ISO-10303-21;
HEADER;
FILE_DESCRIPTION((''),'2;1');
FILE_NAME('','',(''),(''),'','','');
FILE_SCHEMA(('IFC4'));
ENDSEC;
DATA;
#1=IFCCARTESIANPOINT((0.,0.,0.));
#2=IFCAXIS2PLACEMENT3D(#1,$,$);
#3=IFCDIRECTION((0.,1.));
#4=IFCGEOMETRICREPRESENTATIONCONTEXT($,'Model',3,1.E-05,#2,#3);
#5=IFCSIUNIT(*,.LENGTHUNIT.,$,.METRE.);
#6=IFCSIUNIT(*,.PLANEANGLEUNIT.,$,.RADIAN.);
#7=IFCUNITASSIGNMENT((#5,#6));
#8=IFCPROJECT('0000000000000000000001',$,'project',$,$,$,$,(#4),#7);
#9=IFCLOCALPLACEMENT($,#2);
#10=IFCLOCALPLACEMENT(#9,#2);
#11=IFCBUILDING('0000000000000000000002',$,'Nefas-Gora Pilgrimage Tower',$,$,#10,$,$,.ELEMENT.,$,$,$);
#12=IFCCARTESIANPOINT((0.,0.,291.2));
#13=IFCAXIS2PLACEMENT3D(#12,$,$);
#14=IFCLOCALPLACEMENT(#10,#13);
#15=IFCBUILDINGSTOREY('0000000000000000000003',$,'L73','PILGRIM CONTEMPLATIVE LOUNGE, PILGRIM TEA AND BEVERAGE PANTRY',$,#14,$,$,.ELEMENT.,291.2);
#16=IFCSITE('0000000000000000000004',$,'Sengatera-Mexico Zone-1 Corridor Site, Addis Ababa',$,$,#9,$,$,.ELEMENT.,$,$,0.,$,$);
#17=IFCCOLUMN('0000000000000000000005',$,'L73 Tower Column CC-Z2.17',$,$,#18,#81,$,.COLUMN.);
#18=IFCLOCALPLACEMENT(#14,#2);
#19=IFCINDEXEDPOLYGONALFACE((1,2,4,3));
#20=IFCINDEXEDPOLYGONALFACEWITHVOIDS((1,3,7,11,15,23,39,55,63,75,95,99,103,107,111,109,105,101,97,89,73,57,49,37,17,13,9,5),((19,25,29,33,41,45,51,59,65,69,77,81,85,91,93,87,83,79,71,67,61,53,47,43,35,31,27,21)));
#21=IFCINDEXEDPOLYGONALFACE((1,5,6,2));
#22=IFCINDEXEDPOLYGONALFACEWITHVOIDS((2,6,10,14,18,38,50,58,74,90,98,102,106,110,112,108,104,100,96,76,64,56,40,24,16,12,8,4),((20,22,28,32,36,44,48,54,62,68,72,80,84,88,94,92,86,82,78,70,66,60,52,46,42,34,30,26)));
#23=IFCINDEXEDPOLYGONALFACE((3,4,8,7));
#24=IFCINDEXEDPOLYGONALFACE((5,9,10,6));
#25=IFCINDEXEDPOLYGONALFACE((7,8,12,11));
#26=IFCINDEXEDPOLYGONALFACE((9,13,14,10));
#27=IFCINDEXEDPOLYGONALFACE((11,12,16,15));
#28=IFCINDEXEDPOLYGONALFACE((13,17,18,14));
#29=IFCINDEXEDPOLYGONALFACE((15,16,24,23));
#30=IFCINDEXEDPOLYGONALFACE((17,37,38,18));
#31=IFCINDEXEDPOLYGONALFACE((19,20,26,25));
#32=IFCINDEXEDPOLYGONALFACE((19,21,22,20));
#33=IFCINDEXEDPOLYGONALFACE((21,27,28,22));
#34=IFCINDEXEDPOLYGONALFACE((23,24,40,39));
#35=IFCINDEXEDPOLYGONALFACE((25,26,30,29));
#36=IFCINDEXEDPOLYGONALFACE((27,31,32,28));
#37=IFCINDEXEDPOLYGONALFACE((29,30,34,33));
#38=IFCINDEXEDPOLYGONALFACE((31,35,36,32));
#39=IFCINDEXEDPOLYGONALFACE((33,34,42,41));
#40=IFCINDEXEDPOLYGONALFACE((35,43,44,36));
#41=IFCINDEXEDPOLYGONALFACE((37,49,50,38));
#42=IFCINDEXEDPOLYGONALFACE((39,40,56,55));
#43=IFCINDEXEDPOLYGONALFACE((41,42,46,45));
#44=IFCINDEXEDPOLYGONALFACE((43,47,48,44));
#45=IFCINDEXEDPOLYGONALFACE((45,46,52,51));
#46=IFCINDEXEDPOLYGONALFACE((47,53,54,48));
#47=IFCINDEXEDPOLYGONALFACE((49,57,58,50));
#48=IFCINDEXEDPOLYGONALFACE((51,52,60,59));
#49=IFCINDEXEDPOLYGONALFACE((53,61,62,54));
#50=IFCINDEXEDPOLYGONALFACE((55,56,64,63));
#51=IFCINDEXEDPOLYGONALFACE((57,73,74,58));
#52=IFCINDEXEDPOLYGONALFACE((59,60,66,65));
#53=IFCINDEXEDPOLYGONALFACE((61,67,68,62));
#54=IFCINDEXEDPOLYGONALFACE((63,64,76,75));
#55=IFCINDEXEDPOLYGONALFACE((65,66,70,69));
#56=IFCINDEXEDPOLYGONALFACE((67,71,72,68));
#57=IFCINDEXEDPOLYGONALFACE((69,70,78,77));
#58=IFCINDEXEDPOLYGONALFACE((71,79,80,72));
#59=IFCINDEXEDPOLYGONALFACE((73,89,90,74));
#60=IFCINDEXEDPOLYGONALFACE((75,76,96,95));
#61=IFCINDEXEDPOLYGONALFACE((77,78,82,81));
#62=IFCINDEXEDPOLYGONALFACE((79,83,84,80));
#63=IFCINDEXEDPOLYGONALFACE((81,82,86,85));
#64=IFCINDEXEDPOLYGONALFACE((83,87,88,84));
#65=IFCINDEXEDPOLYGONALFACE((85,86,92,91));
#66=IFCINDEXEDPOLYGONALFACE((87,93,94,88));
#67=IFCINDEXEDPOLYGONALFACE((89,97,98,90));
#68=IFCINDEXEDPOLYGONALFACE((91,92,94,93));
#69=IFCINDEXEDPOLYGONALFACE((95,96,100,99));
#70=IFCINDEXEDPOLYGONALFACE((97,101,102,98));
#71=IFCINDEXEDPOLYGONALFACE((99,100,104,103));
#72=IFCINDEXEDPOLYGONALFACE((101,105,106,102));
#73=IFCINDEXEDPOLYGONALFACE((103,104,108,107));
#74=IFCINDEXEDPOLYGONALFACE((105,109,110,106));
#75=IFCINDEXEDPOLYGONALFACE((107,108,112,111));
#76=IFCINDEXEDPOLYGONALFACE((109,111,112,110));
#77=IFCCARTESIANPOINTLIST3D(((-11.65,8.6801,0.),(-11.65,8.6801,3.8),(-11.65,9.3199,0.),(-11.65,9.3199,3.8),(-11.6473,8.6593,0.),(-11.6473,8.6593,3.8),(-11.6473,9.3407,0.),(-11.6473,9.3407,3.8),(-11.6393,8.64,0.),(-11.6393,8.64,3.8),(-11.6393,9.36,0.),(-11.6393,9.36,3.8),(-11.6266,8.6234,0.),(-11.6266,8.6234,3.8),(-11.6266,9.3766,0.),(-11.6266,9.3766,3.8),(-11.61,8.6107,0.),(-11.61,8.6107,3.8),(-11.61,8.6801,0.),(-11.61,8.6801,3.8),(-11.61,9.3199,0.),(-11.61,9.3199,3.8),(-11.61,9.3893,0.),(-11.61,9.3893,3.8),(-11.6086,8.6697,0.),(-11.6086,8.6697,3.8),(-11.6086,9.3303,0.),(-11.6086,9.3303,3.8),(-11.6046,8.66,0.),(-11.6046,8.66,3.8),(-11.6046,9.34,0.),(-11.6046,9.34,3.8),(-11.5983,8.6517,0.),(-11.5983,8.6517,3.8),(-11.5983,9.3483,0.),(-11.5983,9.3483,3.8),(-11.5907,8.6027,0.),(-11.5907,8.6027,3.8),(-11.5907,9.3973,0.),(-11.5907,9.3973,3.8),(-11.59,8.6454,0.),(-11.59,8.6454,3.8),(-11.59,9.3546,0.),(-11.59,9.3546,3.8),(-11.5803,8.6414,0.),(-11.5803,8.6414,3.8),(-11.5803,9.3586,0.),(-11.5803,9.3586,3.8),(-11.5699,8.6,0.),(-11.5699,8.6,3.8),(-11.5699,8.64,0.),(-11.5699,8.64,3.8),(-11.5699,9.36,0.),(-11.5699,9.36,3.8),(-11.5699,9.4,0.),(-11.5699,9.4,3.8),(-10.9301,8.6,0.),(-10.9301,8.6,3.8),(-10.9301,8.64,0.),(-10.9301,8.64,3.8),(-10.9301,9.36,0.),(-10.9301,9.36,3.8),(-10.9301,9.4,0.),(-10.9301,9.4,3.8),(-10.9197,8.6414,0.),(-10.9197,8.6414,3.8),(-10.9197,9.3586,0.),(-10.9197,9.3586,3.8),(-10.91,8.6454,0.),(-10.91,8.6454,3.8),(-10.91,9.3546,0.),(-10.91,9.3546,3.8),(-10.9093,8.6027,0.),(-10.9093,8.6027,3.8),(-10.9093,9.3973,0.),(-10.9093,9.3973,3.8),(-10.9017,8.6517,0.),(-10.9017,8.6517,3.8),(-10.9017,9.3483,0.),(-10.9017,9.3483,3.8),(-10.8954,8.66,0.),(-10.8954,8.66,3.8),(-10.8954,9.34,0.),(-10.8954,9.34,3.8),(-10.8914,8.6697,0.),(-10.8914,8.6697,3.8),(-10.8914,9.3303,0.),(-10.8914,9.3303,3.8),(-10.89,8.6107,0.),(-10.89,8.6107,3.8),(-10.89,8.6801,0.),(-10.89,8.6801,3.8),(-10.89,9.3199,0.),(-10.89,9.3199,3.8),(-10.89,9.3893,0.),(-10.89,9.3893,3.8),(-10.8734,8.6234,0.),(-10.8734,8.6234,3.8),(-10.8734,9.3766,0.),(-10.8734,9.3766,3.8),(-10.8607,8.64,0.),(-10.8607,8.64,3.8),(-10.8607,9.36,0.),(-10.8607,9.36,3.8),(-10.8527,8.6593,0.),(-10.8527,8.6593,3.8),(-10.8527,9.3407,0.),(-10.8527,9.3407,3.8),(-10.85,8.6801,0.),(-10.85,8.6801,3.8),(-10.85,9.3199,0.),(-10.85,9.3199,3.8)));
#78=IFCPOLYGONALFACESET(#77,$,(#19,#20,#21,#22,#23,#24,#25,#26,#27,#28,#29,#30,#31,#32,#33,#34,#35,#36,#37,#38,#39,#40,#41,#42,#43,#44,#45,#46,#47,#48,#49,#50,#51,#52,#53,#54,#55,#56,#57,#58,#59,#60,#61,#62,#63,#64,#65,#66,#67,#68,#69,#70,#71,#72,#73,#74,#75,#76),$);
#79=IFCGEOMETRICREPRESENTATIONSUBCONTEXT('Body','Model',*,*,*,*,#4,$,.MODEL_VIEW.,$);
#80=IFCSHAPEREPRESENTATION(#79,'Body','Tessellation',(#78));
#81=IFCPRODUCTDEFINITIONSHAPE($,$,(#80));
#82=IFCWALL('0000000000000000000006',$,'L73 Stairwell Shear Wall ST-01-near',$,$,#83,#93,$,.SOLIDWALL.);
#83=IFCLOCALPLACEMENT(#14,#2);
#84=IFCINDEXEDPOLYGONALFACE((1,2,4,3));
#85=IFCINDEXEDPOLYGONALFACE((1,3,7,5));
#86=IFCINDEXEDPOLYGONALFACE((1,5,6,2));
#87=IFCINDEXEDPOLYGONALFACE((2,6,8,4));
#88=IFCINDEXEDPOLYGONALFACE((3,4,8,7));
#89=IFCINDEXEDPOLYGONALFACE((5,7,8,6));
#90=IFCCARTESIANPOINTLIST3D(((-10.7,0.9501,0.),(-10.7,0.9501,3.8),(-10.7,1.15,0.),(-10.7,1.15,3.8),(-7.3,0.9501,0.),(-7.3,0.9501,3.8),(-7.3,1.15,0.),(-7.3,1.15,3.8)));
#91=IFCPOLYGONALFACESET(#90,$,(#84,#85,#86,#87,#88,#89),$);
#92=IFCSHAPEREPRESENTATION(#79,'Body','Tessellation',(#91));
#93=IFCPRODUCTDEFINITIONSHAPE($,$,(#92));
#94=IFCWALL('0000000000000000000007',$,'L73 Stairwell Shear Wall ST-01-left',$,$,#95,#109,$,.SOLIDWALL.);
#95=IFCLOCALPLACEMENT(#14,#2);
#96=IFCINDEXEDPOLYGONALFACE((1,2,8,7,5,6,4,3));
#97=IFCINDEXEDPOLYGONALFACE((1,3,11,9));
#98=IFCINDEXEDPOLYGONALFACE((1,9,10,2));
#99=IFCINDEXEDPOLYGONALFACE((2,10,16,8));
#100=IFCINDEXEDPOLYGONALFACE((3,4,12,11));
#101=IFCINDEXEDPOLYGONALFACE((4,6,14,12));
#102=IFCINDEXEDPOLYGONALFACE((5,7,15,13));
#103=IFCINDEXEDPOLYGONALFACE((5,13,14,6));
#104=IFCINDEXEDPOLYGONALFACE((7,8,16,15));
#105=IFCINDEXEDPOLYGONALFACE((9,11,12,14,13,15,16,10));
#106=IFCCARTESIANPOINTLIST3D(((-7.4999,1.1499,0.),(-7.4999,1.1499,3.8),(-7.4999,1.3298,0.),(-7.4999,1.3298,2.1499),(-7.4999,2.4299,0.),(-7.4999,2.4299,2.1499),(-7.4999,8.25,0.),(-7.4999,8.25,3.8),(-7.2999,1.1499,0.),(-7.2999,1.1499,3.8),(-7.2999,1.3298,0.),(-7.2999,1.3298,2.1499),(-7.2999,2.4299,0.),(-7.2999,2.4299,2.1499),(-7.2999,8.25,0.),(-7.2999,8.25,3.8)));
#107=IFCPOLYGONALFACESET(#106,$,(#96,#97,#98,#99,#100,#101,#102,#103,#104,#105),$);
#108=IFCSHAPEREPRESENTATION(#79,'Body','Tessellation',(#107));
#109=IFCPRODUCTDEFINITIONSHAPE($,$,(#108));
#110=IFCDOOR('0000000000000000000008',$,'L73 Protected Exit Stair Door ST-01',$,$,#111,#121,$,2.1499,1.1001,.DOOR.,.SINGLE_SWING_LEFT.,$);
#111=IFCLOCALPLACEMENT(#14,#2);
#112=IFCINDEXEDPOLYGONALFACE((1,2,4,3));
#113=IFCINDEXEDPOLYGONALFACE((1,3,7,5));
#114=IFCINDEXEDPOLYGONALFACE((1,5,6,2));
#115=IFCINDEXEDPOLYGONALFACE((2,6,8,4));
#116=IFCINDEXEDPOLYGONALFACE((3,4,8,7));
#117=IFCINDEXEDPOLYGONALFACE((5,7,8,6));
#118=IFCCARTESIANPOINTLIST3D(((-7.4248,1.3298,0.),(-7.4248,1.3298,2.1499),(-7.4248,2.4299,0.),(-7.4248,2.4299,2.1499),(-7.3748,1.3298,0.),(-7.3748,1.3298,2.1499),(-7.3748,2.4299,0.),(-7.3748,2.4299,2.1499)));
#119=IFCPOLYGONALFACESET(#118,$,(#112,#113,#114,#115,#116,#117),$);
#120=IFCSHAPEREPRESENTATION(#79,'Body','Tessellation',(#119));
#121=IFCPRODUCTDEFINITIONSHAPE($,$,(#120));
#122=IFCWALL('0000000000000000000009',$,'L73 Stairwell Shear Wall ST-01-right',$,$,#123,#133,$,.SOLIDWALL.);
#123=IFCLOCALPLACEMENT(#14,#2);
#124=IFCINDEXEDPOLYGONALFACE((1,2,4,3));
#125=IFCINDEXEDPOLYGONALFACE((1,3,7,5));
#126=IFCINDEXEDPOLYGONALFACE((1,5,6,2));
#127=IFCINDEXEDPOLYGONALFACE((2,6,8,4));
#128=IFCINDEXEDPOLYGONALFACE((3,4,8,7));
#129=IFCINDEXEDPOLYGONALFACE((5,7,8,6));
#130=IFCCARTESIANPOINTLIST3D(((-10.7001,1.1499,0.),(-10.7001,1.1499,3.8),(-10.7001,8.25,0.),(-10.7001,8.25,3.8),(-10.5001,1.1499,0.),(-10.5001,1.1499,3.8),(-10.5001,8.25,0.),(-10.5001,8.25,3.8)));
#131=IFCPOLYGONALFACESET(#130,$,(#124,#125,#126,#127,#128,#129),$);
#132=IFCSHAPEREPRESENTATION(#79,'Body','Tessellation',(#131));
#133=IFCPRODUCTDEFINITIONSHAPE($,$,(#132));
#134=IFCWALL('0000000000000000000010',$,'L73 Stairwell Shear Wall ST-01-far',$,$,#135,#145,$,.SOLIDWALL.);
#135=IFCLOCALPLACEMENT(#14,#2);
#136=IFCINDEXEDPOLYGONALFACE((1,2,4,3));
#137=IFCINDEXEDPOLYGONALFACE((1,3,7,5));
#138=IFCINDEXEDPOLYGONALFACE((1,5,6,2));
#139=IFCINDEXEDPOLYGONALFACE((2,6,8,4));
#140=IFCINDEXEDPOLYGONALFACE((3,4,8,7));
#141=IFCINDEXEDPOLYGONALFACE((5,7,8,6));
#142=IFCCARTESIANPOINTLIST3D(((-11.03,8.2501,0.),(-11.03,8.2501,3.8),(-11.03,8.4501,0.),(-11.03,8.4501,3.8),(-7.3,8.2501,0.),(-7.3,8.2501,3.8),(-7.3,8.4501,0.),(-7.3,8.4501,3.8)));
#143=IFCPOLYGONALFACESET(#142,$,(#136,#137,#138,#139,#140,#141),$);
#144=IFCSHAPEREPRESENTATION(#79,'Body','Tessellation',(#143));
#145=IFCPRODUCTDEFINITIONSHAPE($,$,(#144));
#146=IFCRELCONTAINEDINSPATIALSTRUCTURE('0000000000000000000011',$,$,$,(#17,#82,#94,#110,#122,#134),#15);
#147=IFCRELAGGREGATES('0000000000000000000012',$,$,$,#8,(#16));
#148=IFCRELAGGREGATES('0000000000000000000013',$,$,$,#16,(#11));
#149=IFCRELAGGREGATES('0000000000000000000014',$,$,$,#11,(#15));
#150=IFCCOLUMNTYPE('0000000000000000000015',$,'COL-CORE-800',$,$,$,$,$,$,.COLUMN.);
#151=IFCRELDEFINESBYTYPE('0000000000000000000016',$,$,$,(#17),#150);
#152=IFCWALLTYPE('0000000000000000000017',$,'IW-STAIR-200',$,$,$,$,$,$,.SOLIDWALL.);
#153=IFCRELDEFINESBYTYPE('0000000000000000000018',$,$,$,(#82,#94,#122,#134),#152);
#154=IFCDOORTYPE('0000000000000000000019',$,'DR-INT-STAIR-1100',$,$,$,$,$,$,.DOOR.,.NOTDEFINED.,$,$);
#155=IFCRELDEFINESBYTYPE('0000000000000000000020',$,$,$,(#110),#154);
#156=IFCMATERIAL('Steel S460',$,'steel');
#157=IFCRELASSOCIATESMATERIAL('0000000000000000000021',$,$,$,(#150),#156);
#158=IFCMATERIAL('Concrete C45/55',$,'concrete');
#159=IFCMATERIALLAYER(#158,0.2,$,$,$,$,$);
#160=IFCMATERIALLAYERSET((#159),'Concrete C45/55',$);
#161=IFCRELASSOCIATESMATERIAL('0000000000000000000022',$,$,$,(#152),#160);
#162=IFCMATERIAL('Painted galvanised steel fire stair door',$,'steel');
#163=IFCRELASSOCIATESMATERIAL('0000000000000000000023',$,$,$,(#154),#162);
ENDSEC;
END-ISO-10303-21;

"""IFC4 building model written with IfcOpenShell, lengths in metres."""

from ifc_helpers import new_model, si_unit, direction, frame, frame_2d, origin, origin_2d, place, context, subcontext, project, spatial, rectangle, hollow_rectangle, extrude, source, transform, mapped, material, layer, layer_set, material_profile, profile_set, type_object, element, fill, save


model = new_model("IFC4")

# Units and contexts
model_context = context("Model", 3, precision=1e-05, world=origin(), true_north=direction((0.0, 1.0)))
body_context = subcontext(model_context, "Body", "Model", "MODEL_VIEW")
ifc_project = project(units=[si_unit("LENGTHUNIT", "METRE"), si_unit("PLANEANGLEUNIT", "RADIAN")], contexts=[model_context])

# Site, building, storey
site_placement = place(None, origin())
site = spatial("IfcSite", under=ifc_project, at=site_placement, Name="Sengatera-Mexico Zone-1 Corridor Site, Addis Ababa", CompositionType="ELEMENT", RefElevation=0.0)
building_placement = place(site_placement, origin())
building = spatial("IfcBuilding", under=site, at=building_placement, Name="Nefas-Gora Pilgrimage Tower", CompositionType="ELEMENT")
storey_placement = place(building_placement, frame((0.0, 0.0, 291.2)))
storey = spatial("IfcBuildingStorey", under=building, at=storey_placement, Name="L73", Description="PILGRIM CONTEMPLATIVE LOUNGE, PILGRIM TEA AND BEVERAGE PANTRY", CompositionType="ELEMENT", Elevation=291.2)

# Column
ifc_material_1 = material(Name="Steel S460", Category="steel")
ifc_material_profile = material_profile(ifc_material_1, hollow_rectangle(XDim=0.8, YDim=0.8, WallThickness=0.04, InnerFilletRadius=0.04, OuterFilletRadius=0.0801, at=origin_2d()), Name="BOX 800x800x40")
ifc_profile_set = profile_set([ifc_material_profile], Name="Steel S460")
column_type = type_object("IfcColumnType", Name="COL-CORE-800", PredefinedType="COLUMN", material=ifc_profile_set)
shared_shape_1 = source(origin(), body_context, "Body", "SweptSolid", [
    extrude(hollow_rectangle(XDim=0.8, YDim=0.8, WallThickness=0.04, InnerFilletRadius=0.04, OuterFilletRadius=0.0801, at=origin_2d()), origin(), (0.0, 0.0, 1.0), 3.8),
])
column_placement = place(storey_placement, frame((-11.25, 9.0, 0.0), z_axis=(0.0, 0.0, 1.0), x_axis=(1.0, 0.0, 0.0)))
element("IfcColumn", 1, at=column_placement, inside=storey, type_object=column_type, Name="L73 Tower Column CC-Z2.17", PredefinedType="COLUMN", context=body_context, shape_type="MappedRepresentation", body=[
    mapped(shared_shape_1, transform((0.0, 0.0, 0.0), x_axis=(1.0, 0.0, 0.0), y_axis=(0.0, 1.0, 0.0), z_axis=(0.0, 0.0, 1.0), scale=1.0)),
])

# Wall
ifc_material_2 = material(Name="Concrete C45/55", Category="concrete")
ifc_layer_1 = layer(ifc_material_2, 0.2)
ifc_layer_set_1 = layer_set([ifc_layer_1], Name="Concrete C45/55")
wall_type_1 = type_object("IfcWallType", Name="IW-STAIR-200", PredefinedType="SOLIDWALL", material=ifc_layer_set_1)
shared_shape_2 = source(origin(), body_context, "Body", "SweptSolid", [
    extrude(rectangle(XDim=3.3999, YDim=0.2, at=frame_2d((1.7, 0.0))), origin(), (0.0, 0.0, 1.0), 3.8),
])
wall_1_placement = place(storey_placement, frame((-7.3, 1.05, 0.0), z_axis=(0.0, 0.0, 1.0), x_axis=(-1.0, 0.0, 0.0)))
element("IfcWall", 2, at=wall_1_placement, inside=storey, type_object=wall_type_1, Name="L73 Stairwell Shear Wall ST-01-near", PredefinedType="SOLIDWALL", context=body_context, shape_type="MappedRepresentation", body=[
    mapped(shared_shape_2, transform((0.0, 0.0, 0.0), x_axis=(1.0, 0.0, 0.0), y_axis=(0.0, 1.0, 0.0), z_axis=(0.0, 0.0, 1.0), scale=1.0)),
])

# Wall, opening, door
shared_shape_3 = source(origin(), body_context, "Body", "SweptSolid", [
    extrude(rectangle(XDim=7.1001, YDim=0.2, at=frame_2d((3.55, 0.0))), origin(), (0.0, 0.0, 1.0), 3.8),
])
wall_2_placement = place(storey_placement, frame((-7.3999, 1.1499, 0.0), z_axis=(0.0, 0.0, 1.0), x_axis=(0.0, 1.0, 0.0)))
wall_2 = element("IfcWall", 3, at=wall_2_placement, inside=storey, type_object=wall_type_1, Name="L73 Stairwell Shear Wall ST-01-left", PredefinedType="SOLIDWALL", context=body_context, shape_type="MappedRepresentation", body=[
    mapped(shared_shape_3, transform((0.0, 0.0, 0.0), x_axis=(1.0, 0.0, 0.0), y_axis=(0.0, 1.0, 0.0), z_axis=(0.0, 0.0, 1.0), scale=1.0)),
])
opening_1_placement = place(wall_2_placement, frame((0.1799, 0.0, 0.0)))
opening_1 = element("IfcOpeningElement", 4, at=opening_1_placement, cuts=wall_2, PredefinedType="OPENING", context=body_context, shape_type="SweptSolid", body=[
    extrude(rectangle(XDim=1.1001, YDim=2.1499, at=frame_2d((0.55, 1.075))), frame((0.0, 0.1099, 0.0), z_axis=(0.0, -1.0, 0.0), x_axis=(1.0, 0.0, 0.0)), (0.0, 0.0, 1.0), 0.22),
])
ifc_material_3 = material(Name="Painted galvanised steel fire stair door", Category="steel")
door_type_1 = type_object("IfcDoorType", Name="DR-INT-STAIR-1100", OperationType="NOTDEFINED", PredefinedType="DOOR", material=ifc_material_3)
shared_shape_4 = source(origin(), body_context, "Body", "SweptSolid", [
    extrude(rectangle(XDim=1.1001, YDim=2.1499, at=frame_2d((0.55, 1.075))), frame((0.0, 0.0249, 0.0), z_axis=(0.0, -1.0, 0.0), x_axis=(1.0, 0.0, 0.0)), (0.0, 0.0, 1.0), 0.05),
])
door_1_placement = place(opening_1_placement, origin())
door_1 = element("IfcDoor", 5, at=door_1_placement, inside=storey, type_object=door_type_1, Name="L73 Protected Exit Stair Door ST-01", OperationType="SINGLE_SWING_LEFT", OverallHeight=2.1499, OverallWidth=1.1001, PredefinedType="DOOR", context=body_context, shape_type="MappedRepresentation", body=[
    mapped(shared_shape_4, transform((0.0, 0.0, 0.0), x_axis=(1.0, 0.0, 0.0), y_axis=(0.0, 1.0, 0.0), z_axis=(0.0, 0.0, 1.0), scale=1.0)),
])
fill(opening_1, door_1)

# Walls
wall_3_placement = place(storey_placement, frame((-10.6001, 1.1499, 0.0), z_axis=(0.0, 0.0, 1.0), x_axis=(0.0, 1.0, 0.0)))
element("IfcWall", 6, at=wall_3_placement, inside=storey, type_object=wall_type_1, Name="L73 Stairwell Shear Wall ST-01-right", PredefinedType="SOLIDWALL", context=body_context, shape_type="MappedRepresentation", body=[
    mapped(shared_shape_3, transform((0.0, 0.0, 0.0), x_axis=(1.0, 0.0, 0.0), y_axis=(0.0, 1.0, 0.0), z_axis=(0.0, 0.0, 1.0), scale=1.0)),
])
shared_shape_5 = source(origin(), body_context, "Body", "SweptSolid", [
    extrude(rectangle(XDim=3.73, YDim=0.2, at=frame_2d((1.865, 0.0))), origin(), (0.0, 0.0, 1.0), 3.8),
])
wall_4_placement = place(storey_placement, frame((-7.3, 8.3501, 0.0), z_axis=(0.0, 0.0, 1.0), x_axis=(-1.0, 0.0, 0.0)))
element("IfcWall", 7, at=wall_4_placement, inside=storey, type_object=wall_type_1, Name="L73 Stairwell Shear Wall ST-01-far", PredefinedType="SOLIDWALL", context=body_context, shape_type="MappedRepresentation", body=[
    mapped(shared_shape_5, transform((0.0, 0.0, 0.0), x_axis=(1.0, 0.0, 0.0), y_axis=(0.0, 1.0, 0.0), z_axis=(0.0, 0.0, 1.0), scale=1.0)),
])

save(model, "model.ifc")
